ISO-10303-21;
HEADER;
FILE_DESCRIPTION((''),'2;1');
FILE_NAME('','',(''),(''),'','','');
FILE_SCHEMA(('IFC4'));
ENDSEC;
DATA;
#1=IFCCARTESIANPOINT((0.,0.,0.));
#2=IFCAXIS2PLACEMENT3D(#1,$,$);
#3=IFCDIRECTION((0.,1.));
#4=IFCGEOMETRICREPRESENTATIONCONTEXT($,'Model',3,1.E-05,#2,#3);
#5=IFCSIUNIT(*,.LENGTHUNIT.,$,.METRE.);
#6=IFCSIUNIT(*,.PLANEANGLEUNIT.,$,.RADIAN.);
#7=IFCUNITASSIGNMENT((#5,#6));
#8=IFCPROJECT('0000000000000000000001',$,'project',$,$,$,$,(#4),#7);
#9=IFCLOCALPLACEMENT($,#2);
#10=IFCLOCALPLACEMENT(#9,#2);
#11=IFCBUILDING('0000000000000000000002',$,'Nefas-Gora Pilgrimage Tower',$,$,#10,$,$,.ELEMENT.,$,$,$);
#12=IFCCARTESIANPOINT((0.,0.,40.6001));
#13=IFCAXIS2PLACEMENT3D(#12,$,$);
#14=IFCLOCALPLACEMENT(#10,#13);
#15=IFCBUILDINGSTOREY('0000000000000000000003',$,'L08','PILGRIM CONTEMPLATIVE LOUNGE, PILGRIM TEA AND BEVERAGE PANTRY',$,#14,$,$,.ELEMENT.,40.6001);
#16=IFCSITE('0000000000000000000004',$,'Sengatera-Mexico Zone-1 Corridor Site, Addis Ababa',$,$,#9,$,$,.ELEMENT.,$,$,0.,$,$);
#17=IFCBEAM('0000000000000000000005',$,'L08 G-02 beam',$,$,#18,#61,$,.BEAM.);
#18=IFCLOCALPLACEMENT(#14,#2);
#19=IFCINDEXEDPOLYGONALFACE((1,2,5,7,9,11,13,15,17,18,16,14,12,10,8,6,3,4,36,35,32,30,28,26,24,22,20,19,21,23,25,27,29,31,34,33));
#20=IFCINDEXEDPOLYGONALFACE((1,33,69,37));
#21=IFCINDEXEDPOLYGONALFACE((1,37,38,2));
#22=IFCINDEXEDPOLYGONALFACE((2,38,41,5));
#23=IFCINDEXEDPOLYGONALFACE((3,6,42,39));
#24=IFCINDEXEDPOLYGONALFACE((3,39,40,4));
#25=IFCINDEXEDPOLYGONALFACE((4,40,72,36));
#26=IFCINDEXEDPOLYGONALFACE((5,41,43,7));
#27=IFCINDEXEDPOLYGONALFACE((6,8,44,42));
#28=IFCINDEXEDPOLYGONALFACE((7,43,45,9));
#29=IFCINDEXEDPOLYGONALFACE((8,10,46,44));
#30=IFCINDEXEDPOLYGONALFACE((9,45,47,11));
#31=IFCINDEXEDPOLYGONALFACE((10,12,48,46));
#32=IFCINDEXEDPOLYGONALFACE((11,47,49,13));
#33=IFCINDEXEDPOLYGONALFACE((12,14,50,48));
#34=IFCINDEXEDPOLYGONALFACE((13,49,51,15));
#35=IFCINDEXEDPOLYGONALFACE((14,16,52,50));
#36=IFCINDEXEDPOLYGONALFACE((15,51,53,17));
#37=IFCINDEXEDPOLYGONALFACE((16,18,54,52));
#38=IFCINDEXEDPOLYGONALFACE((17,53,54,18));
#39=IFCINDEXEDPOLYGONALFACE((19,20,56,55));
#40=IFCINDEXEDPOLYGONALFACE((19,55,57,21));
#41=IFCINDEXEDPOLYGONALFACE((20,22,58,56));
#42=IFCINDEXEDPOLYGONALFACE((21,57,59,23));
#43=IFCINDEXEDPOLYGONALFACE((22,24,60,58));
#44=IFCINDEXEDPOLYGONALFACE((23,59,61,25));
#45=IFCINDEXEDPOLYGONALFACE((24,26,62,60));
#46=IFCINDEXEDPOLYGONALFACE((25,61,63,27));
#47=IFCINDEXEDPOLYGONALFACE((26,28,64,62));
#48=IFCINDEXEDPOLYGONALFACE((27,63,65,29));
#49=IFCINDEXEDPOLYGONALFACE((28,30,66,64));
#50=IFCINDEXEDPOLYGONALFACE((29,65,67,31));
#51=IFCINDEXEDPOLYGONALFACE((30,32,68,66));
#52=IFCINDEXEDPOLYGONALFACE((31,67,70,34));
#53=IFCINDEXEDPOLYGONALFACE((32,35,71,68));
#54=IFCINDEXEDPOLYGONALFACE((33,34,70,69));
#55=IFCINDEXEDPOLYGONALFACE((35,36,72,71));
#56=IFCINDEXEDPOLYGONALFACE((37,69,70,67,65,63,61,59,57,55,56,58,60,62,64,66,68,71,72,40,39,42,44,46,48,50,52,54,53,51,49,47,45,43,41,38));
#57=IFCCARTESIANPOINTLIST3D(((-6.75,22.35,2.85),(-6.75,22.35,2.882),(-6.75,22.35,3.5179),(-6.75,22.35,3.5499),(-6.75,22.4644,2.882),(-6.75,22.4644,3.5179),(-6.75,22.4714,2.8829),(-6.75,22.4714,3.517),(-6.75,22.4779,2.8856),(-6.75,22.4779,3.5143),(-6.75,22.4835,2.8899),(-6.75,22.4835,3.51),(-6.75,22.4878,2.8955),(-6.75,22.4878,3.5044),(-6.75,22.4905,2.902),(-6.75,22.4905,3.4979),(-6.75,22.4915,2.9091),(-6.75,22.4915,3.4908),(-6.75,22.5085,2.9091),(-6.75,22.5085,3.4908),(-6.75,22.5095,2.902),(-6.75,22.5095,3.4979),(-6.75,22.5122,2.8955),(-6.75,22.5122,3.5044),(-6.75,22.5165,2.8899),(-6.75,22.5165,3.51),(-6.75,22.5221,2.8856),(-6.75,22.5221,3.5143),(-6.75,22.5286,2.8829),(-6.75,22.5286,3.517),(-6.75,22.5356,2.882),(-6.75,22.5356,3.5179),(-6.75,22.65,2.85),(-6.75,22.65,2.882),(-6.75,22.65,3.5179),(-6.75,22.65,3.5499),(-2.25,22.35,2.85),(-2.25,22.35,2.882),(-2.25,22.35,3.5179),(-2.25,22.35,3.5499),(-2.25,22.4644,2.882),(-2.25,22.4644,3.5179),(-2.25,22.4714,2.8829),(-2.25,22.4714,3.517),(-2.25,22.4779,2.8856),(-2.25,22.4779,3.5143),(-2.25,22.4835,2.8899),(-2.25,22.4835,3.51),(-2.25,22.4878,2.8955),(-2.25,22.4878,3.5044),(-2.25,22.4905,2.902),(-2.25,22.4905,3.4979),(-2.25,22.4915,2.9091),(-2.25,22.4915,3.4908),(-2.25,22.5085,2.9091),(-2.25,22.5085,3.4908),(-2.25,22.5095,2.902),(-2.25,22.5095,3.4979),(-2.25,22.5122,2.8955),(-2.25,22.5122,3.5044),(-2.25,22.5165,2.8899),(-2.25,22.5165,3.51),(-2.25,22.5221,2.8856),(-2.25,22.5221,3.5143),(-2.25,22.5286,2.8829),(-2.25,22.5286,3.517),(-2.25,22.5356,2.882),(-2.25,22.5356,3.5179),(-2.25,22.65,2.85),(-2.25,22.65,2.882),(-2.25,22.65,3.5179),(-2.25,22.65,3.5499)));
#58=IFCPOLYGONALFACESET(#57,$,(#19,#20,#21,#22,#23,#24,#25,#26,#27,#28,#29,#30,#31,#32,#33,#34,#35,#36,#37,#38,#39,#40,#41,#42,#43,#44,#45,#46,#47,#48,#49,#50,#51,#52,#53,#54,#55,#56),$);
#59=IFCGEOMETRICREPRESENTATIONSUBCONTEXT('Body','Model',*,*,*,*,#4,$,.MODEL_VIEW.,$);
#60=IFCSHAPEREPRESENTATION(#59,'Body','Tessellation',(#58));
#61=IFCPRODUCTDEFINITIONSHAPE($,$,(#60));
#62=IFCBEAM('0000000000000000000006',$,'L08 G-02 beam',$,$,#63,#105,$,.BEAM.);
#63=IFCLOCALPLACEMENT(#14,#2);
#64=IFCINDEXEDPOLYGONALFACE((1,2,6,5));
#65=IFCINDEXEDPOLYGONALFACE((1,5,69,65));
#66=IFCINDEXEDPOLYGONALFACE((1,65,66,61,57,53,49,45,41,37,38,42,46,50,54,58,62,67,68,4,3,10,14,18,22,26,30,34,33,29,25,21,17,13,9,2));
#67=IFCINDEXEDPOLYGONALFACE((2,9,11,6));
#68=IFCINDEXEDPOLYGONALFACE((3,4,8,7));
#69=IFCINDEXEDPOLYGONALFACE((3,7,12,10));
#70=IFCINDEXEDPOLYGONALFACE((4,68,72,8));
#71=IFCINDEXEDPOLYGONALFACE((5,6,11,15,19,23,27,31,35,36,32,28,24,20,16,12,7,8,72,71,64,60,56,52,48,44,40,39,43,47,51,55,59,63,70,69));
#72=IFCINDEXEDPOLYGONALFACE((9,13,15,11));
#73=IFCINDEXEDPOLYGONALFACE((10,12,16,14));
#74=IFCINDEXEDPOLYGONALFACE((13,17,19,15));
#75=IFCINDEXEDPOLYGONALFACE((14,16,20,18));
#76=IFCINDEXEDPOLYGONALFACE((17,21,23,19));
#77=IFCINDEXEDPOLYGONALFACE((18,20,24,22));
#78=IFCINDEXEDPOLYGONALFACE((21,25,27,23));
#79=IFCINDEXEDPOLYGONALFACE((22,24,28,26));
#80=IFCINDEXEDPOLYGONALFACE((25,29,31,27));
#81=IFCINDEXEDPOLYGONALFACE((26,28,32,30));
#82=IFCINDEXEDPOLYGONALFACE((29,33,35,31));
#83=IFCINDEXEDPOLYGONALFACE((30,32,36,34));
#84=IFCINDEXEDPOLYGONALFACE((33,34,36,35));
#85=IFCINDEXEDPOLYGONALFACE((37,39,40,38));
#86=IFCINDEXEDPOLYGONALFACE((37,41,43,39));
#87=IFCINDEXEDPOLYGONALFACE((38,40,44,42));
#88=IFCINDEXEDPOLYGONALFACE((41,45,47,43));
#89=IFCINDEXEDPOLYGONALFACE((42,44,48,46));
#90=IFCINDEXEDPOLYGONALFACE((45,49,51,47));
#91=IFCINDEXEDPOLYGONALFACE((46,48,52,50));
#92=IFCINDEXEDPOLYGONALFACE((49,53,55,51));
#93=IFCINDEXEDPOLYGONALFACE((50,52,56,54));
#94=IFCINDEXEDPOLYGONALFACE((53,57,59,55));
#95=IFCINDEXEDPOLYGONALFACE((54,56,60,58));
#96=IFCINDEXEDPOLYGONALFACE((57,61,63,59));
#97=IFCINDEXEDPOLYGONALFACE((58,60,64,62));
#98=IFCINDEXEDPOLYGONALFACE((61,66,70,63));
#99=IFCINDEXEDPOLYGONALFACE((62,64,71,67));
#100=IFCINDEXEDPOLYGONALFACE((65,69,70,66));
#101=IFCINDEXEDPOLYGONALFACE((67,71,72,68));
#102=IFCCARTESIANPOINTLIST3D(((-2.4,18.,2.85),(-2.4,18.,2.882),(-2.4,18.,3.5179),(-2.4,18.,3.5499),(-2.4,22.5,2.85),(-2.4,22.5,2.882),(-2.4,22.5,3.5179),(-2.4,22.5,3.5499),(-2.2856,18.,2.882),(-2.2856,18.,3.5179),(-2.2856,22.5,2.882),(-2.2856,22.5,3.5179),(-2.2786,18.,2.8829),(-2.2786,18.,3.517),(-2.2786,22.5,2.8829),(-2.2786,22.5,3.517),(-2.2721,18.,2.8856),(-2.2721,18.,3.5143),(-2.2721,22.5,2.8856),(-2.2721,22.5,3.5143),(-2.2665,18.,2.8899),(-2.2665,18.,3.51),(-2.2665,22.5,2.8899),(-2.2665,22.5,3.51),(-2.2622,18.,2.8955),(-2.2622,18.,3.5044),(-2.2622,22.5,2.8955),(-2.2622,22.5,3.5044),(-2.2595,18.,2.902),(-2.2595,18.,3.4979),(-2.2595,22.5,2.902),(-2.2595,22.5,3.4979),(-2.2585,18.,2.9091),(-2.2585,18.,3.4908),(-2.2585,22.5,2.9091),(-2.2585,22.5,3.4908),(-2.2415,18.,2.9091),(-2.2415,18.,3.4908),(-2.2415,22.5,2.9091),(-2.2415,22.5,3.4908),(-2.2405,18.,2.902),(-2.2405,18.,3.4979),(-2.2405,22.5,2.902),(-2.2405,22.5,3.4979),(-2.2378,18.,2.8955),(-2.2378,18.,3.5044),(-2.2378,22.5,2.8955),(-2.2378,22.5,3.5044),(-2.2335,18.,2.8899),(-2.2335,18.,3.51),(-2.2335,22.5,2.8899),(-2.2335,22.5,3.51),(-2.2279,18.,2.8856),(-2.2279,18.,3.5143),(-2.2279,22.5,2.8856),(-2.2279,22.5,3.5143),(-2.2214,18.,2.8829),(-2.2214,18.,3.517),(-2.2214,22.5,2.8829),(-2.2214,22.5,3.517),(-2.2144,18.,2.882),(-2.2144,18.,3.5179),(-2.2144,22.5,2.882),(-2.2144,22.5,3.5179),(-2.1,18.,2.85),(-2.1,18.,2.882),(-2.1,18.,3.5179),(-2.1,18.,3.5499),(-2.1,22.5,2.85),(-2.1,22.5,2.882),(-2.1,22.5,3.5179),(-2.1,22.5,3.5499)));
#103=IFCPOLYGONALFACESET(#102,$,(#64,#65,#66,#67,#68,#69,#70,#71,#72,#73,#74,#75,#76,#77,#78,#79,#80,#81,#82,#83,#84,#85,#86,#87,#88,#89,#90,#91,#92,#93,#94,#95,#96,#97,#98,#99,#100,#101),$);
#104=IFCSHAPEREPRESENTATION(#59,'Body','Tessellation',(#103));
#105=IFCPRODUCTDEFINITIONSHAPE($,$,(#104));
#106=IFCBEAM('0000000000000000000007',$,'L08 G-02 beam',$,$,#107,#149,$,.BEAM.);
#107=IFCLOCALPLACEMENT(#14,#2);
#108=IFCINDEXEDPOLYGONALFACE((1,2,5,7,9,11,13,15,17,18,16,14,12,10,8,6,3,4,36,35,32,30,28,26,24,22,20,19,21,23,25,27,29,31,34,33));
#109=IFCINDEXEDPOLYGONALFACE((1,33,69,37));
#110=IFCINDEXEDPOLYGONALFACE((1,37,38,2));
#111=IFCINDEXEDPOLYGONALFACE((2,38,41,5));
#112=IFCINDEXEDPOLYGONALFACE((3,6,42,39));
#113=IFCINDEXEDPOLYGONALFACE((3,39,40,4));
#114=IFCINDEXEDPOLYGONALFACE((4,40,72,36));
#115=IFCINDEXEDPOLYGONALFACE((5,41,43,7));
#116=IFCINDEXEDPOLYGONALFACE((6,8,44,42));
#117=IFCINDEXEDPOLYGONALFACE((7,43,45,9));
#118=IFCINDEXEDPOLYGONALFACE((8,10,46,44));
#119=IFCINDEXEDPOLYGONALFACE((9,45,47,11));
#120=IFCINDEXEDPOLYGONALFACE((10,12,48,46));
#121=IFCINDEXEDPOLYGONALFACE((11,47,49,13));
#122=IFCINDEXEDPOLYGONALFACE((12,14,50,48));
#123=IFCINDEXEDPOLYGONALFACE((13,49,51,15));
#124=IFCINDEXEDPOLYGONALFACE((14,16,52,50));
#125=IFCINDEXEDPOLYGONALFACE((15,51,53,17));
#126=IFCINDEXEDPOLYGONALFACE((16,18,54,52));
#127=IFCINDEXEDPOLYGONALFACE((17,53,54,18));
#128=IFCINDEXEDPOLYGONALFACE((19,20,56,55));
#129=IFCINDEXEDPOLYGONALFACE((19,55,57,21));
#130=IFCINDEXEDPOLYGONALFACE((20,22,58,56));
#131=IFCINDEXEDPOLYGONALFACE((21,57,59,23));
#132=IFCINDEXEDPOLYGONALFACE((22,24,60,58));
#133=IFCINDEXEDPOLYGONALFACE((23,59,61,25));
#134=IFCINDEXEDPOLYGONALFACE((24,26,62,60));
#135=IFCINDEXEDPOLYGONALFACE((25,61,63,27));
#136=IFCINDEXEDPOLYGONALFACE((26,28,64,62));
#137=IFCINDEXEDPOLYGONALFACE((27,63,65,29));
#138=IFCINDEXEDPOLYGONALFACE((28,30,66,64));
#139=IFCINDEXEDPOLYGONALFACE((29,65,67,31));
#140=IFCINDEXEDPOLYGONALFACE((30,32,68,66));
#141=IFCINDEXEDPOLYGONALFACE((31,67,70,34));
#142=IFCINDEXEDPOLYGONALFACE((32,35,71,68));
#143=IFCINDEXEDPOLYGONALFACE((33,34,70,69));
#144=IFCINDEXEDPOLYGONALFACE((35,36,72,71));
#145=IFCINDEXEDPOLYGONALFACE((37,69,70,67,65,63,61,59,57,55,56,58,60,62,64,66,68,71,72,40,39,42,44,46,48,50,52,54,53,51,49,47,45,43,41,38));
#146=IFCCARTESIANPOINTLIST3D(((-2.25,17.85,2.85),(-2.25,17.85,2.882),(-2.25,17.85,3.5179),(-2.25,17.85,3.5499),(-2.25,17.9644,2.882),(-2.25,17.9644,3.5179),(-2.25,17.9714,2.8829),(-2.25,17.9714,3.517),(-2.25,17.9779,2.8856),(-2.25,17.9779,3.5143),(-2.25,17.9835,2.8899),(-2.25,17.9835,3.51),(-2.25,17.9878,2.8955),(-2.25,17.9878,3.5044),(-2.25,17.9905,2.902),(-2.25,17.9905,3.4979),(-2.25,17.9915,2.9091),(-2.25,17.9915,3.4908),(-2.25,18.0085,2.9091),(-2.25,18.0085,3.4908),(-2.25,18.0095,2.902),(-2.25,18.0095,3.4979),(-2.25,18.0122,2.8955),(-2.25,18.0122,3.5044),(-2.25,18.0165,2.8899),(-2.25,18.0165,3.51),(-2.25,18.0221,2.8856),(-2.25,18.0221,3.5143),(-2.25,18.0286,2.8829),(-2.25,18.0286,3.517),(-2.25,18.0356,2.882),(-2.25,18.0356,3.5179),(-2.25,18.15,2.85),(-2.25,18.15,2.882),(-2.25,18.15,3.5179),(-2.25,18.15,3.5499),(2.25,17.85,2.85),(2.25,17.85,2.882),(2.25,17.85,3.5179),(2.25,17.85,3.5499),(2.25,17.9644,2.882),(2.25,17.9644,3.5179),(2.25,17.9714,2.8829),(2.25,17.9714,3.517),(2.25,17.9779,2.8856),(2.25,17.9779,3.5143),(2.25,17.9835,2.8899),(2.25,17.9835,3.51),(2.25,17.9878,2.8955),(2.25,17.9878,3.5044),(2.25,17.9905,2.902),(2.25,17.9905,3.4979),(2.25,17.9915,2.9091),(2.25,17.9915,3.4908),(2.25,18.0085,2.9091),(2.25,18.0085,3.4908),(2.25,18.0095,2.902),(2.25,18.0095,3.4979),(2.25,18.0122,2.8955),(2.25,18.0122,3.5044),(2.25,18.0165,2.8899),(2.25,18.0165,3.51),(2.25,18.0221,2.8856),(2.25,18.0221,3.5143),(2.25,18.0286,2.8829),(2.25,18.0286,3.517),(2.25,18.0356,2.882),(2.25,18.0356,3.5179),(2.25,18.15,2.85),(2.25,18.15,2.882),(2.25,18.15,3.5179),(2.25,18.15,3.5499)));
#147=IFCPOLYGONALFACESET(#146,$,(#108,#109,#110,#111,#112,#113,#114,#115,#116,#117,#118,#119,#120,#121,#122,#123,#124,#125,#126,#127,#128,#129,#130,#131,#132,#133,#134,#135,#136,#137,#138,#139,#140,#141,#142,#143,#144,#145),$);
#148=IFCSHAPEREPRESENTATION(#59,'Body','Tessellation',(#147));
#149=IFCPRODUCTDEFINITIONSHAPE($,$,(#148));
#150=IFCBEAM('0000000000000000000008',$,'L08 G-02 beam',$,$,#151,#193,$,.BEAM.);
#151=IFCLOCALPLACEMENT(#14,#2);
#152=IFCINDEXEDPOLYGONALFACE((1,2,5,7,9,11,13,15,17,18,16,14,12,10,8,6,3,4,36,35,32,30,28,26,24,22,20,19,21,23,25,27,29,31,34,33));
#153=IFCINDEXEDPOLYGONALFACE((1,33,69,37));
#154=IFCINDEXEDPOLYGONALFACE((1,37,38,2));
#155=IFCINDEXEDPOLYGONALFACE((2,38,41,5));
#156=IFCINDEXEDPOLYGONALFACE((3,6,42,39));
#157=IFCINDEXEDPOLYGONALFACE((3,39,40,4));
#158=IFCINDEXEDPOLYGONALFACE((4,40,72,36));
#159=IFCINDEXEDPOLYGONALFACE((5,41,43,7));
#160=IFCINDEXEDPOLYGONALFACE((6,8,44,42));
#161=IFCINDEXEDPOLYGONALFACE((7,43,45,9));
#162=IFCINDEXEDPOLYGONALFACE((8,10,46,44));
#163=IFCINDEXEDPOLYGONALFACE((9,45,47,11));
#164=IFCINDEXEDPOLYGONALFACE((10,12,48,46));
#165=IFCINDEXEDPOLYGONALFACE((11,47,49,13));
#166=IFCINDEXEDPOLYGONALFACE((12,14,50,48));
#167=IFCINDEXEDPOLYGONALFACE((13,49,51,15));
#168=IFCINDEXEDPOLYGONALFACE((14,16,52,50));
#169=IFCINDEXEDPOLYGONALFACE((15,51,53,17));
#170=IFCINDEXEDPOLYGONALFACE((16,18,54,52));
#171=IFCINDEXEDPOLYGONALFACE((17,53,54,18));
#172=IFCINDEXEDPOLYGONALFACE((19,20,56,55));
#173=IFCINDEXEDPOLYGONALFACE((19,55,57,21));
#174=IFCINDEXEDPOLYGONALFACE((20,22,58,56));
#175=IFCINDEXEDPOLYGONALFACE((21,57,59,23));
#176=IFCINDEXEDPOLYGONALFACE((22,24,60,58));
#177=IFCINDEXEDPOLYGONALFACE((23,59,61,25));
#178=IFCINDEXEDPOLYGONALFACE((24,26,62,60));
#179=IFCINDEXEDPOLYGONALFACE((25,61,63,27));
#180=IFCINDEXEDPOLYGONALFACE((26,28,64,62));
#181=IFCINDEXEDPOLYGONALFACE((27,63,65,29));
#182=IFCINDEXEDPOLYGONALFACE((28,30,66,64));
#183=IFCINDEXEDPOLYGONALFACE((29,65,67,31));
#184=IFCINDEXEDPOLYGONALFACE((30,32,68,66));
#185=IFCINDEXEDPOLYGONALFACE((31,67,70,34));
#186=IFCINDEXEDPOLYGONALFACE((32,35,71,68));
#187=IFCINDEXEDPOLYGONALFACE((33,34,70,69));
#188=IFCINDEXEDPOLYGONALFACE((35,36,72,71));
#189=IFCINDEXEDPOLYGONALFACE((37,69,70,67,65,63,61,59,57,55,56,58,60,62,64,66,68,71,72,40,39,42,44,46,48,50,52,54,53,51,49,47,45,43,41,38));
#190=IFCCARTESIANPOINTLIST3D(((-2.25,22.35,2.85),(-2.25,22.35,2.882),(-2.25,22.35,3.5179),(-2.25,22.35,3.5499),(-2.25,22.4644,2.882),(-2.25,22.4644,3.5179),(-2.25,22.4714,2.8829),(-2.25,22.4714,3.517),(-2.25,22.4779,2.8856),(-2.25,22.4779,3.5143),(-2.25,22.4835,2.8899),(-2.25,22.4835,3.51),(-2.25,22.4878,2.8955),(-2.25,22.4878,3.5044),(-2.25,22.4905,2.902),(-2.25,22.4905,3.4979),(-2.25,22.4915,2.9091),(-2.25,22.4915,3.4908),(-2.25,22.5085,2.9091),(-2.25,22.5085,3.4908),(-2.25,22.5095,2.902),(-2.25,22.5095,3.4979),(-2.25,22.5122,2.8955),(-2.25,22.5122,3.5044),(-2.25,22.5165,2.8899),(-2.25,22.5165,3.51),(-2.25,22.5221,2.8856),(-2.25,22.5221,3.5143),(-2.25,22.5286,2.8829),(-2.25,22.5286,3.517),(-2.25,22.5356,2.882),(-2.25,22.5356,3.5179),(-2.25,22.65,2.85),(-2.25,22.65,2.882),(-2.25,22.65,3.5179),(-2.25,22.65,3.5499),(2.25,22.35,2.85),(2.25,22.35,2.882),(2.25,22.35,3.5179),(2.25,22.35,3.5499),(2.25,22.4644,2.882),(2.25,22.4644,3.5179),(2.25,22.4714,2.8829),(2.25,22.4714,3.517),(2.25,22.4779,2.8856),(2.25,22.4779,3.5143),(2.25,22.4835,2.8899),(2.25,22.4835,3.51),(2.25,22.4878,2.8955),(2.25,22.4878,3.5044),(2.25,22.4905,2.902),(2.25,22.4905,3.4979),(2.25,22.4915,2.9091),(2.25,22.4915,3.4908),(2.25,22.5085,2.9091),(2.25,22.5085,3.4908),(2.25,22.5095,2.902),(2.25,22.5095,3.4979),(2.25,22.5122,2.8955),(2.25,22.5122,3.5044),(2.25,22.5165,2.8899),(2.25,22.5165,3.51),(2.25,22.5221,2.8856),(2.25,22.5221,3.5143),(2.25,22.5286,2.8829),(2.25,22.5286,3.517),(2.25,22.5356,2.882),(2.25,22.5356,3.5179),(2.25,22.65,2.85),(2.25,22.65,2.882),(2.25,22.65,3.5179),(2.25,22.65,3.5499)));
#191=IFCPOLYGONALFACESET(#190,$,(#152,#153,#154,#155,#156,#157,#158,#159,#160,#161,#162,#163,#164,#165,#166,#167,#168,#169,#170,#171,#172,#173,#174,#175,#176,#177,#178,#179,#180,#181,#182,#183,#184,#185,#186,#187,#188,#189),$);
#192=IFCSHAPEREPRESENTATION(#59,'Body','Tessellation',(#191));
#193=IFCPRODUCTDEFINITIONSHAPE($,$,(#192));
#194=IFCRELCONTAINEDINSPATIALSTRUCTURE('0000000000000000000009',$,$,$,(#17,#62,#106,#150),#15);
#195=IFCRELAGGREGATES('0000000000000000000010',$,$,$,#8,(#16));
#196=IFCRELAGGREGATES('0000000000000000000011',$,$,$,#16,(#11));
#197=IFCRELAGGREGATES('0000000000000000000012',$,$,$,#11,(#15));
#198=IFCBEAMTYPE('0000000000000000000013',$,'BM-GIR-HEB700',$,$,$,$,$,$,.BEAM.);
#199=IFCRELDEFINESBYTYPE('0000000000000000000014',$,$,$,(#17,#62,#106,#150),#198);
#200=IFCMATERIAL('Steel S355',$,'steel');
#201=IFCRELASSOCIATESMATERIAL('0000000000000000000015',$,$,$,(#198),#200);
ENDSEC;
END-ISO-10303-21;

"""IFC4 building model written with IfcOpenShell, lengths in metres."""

from ifc_helpers import new_model, si_unit, direction, frame, origin, origin_2d, place, context, subcontext, project, spatial, i_section, extrude, source, transform, mapped, material, material_profile, profile_set, type_object, element, save


model = new_model("IFC4")

# Units and contexts
model_context = context("Model", 3, precision=1e-05, world=origin(), true_north=direction((0.0, 1.0)))
body_context = subcontext(model_context, "Body", "Model", "MODEL_VIEW")
ifc_project = project(units=[si_unit("LENGTHUNIT", "METRE"), si_unit("PLANEANGLEUNIT", "RADIAN")], contexts=[model_context])

# Site, building, storey
site_placement = place(None, origin())
site = spatial("IfcSite", under=ifc_project, at=site_placement, Name="Sengatera-Mexico Zone-1 Corridor Site, Addis Ababa", CompositionType="ELEMENT", RefElevation=0.0)
building_placement = place(site_placement, origin())
building = spatial("IfcBuilding", under=site, at=building_placement, Name="Nefas-Gora Pilgrimage Tower", CompositionType="ELEMENT")
storey_placement = place(building_placement, frame((0.0, 0.0, 40.6001)))
storey = spatial("IfcBuildingStorey", under=building, at=storey_placement, Name="L08", Description="PILGRIM CONTEMPLATIVE LOUNGE, PILGRIM TEA AND BEVERAGE PANTRY", CompositionType="ELEMENT", Elevation=40.6001)

# Beams
ifc_material_1 = material(Name="Steel S355", Category="steel")
ifc_material_profile_1 = material_profile(ifc_material_1, i_section(OverallWidth=0.3, OverallDepth=0.7, WebThickness=0.0171, FlangeThickness=0.032, FilletRadius=0.0271, at=origin_2d()), Name="HEB 700")
ifc_profile_set_1 = profile_set([ifc_material_profile_1], Name="Steel S355")
beam_type = type_object("IfcBeamType", Name="BM-GIR-HEB700", PredefinedType="BEAM", material=ifc_profile_set_1)
shared_shape_1 = source(origin(), body_context, "Body", "SweptSolid", [
    extrude(i_section(OverallWidth=0.3, OverallDepth=0.7, WebThickness=0.0171, FlangeThickness=0.032, FilletRadius=0.0271, at=origin_2d()), origin(), (0.0, 0.0, 1.0), 4.5),
])
for number, where, z_axis, x_axis, name in (
    (1, (-6.75, 22.5, 3.2), (1.0, 0.0, 0.0), (0.0, 1.0, 0.0), "L08 G-02 beam"),
    (2, (-2.25, 18.0, 3.2), (0.0, 1.0, 0.0), (-1.0, 0.0, 0.0), "L08 G-02 beam"),
    (3, (-2.25, 18.0, 3.2), (1.0, 0.0, 0.0), (0.0, 1.0, 0.0), "L08 G-02 beam"),
    (4, (-2.25, 22.5, 3.2), (1.0, 0.0, 0.0), (0.0, 1.0, 0.0), "L08 G-02 beam"),
):
    element("IfcBeam", number, at=place(storey_placement, frame(where, z_axis=z_axis, x_axis=x_axis)), inside=storey, type_object=beam_type, Name=name, PredefinedType="BEAM", context=body_context, shape_type="MappedRepresentation", body=[
        mapped(shared_shape_1, transform((0.0, 0.0, 0.0), x_axis=(1.0, 0.0, 0.0), y_axis=(0.0, 1.0, 0.0), z_axis=(0.0, 0.0, 1.0), scale=1.0)),
    ])

save(model, "model.ifc")
